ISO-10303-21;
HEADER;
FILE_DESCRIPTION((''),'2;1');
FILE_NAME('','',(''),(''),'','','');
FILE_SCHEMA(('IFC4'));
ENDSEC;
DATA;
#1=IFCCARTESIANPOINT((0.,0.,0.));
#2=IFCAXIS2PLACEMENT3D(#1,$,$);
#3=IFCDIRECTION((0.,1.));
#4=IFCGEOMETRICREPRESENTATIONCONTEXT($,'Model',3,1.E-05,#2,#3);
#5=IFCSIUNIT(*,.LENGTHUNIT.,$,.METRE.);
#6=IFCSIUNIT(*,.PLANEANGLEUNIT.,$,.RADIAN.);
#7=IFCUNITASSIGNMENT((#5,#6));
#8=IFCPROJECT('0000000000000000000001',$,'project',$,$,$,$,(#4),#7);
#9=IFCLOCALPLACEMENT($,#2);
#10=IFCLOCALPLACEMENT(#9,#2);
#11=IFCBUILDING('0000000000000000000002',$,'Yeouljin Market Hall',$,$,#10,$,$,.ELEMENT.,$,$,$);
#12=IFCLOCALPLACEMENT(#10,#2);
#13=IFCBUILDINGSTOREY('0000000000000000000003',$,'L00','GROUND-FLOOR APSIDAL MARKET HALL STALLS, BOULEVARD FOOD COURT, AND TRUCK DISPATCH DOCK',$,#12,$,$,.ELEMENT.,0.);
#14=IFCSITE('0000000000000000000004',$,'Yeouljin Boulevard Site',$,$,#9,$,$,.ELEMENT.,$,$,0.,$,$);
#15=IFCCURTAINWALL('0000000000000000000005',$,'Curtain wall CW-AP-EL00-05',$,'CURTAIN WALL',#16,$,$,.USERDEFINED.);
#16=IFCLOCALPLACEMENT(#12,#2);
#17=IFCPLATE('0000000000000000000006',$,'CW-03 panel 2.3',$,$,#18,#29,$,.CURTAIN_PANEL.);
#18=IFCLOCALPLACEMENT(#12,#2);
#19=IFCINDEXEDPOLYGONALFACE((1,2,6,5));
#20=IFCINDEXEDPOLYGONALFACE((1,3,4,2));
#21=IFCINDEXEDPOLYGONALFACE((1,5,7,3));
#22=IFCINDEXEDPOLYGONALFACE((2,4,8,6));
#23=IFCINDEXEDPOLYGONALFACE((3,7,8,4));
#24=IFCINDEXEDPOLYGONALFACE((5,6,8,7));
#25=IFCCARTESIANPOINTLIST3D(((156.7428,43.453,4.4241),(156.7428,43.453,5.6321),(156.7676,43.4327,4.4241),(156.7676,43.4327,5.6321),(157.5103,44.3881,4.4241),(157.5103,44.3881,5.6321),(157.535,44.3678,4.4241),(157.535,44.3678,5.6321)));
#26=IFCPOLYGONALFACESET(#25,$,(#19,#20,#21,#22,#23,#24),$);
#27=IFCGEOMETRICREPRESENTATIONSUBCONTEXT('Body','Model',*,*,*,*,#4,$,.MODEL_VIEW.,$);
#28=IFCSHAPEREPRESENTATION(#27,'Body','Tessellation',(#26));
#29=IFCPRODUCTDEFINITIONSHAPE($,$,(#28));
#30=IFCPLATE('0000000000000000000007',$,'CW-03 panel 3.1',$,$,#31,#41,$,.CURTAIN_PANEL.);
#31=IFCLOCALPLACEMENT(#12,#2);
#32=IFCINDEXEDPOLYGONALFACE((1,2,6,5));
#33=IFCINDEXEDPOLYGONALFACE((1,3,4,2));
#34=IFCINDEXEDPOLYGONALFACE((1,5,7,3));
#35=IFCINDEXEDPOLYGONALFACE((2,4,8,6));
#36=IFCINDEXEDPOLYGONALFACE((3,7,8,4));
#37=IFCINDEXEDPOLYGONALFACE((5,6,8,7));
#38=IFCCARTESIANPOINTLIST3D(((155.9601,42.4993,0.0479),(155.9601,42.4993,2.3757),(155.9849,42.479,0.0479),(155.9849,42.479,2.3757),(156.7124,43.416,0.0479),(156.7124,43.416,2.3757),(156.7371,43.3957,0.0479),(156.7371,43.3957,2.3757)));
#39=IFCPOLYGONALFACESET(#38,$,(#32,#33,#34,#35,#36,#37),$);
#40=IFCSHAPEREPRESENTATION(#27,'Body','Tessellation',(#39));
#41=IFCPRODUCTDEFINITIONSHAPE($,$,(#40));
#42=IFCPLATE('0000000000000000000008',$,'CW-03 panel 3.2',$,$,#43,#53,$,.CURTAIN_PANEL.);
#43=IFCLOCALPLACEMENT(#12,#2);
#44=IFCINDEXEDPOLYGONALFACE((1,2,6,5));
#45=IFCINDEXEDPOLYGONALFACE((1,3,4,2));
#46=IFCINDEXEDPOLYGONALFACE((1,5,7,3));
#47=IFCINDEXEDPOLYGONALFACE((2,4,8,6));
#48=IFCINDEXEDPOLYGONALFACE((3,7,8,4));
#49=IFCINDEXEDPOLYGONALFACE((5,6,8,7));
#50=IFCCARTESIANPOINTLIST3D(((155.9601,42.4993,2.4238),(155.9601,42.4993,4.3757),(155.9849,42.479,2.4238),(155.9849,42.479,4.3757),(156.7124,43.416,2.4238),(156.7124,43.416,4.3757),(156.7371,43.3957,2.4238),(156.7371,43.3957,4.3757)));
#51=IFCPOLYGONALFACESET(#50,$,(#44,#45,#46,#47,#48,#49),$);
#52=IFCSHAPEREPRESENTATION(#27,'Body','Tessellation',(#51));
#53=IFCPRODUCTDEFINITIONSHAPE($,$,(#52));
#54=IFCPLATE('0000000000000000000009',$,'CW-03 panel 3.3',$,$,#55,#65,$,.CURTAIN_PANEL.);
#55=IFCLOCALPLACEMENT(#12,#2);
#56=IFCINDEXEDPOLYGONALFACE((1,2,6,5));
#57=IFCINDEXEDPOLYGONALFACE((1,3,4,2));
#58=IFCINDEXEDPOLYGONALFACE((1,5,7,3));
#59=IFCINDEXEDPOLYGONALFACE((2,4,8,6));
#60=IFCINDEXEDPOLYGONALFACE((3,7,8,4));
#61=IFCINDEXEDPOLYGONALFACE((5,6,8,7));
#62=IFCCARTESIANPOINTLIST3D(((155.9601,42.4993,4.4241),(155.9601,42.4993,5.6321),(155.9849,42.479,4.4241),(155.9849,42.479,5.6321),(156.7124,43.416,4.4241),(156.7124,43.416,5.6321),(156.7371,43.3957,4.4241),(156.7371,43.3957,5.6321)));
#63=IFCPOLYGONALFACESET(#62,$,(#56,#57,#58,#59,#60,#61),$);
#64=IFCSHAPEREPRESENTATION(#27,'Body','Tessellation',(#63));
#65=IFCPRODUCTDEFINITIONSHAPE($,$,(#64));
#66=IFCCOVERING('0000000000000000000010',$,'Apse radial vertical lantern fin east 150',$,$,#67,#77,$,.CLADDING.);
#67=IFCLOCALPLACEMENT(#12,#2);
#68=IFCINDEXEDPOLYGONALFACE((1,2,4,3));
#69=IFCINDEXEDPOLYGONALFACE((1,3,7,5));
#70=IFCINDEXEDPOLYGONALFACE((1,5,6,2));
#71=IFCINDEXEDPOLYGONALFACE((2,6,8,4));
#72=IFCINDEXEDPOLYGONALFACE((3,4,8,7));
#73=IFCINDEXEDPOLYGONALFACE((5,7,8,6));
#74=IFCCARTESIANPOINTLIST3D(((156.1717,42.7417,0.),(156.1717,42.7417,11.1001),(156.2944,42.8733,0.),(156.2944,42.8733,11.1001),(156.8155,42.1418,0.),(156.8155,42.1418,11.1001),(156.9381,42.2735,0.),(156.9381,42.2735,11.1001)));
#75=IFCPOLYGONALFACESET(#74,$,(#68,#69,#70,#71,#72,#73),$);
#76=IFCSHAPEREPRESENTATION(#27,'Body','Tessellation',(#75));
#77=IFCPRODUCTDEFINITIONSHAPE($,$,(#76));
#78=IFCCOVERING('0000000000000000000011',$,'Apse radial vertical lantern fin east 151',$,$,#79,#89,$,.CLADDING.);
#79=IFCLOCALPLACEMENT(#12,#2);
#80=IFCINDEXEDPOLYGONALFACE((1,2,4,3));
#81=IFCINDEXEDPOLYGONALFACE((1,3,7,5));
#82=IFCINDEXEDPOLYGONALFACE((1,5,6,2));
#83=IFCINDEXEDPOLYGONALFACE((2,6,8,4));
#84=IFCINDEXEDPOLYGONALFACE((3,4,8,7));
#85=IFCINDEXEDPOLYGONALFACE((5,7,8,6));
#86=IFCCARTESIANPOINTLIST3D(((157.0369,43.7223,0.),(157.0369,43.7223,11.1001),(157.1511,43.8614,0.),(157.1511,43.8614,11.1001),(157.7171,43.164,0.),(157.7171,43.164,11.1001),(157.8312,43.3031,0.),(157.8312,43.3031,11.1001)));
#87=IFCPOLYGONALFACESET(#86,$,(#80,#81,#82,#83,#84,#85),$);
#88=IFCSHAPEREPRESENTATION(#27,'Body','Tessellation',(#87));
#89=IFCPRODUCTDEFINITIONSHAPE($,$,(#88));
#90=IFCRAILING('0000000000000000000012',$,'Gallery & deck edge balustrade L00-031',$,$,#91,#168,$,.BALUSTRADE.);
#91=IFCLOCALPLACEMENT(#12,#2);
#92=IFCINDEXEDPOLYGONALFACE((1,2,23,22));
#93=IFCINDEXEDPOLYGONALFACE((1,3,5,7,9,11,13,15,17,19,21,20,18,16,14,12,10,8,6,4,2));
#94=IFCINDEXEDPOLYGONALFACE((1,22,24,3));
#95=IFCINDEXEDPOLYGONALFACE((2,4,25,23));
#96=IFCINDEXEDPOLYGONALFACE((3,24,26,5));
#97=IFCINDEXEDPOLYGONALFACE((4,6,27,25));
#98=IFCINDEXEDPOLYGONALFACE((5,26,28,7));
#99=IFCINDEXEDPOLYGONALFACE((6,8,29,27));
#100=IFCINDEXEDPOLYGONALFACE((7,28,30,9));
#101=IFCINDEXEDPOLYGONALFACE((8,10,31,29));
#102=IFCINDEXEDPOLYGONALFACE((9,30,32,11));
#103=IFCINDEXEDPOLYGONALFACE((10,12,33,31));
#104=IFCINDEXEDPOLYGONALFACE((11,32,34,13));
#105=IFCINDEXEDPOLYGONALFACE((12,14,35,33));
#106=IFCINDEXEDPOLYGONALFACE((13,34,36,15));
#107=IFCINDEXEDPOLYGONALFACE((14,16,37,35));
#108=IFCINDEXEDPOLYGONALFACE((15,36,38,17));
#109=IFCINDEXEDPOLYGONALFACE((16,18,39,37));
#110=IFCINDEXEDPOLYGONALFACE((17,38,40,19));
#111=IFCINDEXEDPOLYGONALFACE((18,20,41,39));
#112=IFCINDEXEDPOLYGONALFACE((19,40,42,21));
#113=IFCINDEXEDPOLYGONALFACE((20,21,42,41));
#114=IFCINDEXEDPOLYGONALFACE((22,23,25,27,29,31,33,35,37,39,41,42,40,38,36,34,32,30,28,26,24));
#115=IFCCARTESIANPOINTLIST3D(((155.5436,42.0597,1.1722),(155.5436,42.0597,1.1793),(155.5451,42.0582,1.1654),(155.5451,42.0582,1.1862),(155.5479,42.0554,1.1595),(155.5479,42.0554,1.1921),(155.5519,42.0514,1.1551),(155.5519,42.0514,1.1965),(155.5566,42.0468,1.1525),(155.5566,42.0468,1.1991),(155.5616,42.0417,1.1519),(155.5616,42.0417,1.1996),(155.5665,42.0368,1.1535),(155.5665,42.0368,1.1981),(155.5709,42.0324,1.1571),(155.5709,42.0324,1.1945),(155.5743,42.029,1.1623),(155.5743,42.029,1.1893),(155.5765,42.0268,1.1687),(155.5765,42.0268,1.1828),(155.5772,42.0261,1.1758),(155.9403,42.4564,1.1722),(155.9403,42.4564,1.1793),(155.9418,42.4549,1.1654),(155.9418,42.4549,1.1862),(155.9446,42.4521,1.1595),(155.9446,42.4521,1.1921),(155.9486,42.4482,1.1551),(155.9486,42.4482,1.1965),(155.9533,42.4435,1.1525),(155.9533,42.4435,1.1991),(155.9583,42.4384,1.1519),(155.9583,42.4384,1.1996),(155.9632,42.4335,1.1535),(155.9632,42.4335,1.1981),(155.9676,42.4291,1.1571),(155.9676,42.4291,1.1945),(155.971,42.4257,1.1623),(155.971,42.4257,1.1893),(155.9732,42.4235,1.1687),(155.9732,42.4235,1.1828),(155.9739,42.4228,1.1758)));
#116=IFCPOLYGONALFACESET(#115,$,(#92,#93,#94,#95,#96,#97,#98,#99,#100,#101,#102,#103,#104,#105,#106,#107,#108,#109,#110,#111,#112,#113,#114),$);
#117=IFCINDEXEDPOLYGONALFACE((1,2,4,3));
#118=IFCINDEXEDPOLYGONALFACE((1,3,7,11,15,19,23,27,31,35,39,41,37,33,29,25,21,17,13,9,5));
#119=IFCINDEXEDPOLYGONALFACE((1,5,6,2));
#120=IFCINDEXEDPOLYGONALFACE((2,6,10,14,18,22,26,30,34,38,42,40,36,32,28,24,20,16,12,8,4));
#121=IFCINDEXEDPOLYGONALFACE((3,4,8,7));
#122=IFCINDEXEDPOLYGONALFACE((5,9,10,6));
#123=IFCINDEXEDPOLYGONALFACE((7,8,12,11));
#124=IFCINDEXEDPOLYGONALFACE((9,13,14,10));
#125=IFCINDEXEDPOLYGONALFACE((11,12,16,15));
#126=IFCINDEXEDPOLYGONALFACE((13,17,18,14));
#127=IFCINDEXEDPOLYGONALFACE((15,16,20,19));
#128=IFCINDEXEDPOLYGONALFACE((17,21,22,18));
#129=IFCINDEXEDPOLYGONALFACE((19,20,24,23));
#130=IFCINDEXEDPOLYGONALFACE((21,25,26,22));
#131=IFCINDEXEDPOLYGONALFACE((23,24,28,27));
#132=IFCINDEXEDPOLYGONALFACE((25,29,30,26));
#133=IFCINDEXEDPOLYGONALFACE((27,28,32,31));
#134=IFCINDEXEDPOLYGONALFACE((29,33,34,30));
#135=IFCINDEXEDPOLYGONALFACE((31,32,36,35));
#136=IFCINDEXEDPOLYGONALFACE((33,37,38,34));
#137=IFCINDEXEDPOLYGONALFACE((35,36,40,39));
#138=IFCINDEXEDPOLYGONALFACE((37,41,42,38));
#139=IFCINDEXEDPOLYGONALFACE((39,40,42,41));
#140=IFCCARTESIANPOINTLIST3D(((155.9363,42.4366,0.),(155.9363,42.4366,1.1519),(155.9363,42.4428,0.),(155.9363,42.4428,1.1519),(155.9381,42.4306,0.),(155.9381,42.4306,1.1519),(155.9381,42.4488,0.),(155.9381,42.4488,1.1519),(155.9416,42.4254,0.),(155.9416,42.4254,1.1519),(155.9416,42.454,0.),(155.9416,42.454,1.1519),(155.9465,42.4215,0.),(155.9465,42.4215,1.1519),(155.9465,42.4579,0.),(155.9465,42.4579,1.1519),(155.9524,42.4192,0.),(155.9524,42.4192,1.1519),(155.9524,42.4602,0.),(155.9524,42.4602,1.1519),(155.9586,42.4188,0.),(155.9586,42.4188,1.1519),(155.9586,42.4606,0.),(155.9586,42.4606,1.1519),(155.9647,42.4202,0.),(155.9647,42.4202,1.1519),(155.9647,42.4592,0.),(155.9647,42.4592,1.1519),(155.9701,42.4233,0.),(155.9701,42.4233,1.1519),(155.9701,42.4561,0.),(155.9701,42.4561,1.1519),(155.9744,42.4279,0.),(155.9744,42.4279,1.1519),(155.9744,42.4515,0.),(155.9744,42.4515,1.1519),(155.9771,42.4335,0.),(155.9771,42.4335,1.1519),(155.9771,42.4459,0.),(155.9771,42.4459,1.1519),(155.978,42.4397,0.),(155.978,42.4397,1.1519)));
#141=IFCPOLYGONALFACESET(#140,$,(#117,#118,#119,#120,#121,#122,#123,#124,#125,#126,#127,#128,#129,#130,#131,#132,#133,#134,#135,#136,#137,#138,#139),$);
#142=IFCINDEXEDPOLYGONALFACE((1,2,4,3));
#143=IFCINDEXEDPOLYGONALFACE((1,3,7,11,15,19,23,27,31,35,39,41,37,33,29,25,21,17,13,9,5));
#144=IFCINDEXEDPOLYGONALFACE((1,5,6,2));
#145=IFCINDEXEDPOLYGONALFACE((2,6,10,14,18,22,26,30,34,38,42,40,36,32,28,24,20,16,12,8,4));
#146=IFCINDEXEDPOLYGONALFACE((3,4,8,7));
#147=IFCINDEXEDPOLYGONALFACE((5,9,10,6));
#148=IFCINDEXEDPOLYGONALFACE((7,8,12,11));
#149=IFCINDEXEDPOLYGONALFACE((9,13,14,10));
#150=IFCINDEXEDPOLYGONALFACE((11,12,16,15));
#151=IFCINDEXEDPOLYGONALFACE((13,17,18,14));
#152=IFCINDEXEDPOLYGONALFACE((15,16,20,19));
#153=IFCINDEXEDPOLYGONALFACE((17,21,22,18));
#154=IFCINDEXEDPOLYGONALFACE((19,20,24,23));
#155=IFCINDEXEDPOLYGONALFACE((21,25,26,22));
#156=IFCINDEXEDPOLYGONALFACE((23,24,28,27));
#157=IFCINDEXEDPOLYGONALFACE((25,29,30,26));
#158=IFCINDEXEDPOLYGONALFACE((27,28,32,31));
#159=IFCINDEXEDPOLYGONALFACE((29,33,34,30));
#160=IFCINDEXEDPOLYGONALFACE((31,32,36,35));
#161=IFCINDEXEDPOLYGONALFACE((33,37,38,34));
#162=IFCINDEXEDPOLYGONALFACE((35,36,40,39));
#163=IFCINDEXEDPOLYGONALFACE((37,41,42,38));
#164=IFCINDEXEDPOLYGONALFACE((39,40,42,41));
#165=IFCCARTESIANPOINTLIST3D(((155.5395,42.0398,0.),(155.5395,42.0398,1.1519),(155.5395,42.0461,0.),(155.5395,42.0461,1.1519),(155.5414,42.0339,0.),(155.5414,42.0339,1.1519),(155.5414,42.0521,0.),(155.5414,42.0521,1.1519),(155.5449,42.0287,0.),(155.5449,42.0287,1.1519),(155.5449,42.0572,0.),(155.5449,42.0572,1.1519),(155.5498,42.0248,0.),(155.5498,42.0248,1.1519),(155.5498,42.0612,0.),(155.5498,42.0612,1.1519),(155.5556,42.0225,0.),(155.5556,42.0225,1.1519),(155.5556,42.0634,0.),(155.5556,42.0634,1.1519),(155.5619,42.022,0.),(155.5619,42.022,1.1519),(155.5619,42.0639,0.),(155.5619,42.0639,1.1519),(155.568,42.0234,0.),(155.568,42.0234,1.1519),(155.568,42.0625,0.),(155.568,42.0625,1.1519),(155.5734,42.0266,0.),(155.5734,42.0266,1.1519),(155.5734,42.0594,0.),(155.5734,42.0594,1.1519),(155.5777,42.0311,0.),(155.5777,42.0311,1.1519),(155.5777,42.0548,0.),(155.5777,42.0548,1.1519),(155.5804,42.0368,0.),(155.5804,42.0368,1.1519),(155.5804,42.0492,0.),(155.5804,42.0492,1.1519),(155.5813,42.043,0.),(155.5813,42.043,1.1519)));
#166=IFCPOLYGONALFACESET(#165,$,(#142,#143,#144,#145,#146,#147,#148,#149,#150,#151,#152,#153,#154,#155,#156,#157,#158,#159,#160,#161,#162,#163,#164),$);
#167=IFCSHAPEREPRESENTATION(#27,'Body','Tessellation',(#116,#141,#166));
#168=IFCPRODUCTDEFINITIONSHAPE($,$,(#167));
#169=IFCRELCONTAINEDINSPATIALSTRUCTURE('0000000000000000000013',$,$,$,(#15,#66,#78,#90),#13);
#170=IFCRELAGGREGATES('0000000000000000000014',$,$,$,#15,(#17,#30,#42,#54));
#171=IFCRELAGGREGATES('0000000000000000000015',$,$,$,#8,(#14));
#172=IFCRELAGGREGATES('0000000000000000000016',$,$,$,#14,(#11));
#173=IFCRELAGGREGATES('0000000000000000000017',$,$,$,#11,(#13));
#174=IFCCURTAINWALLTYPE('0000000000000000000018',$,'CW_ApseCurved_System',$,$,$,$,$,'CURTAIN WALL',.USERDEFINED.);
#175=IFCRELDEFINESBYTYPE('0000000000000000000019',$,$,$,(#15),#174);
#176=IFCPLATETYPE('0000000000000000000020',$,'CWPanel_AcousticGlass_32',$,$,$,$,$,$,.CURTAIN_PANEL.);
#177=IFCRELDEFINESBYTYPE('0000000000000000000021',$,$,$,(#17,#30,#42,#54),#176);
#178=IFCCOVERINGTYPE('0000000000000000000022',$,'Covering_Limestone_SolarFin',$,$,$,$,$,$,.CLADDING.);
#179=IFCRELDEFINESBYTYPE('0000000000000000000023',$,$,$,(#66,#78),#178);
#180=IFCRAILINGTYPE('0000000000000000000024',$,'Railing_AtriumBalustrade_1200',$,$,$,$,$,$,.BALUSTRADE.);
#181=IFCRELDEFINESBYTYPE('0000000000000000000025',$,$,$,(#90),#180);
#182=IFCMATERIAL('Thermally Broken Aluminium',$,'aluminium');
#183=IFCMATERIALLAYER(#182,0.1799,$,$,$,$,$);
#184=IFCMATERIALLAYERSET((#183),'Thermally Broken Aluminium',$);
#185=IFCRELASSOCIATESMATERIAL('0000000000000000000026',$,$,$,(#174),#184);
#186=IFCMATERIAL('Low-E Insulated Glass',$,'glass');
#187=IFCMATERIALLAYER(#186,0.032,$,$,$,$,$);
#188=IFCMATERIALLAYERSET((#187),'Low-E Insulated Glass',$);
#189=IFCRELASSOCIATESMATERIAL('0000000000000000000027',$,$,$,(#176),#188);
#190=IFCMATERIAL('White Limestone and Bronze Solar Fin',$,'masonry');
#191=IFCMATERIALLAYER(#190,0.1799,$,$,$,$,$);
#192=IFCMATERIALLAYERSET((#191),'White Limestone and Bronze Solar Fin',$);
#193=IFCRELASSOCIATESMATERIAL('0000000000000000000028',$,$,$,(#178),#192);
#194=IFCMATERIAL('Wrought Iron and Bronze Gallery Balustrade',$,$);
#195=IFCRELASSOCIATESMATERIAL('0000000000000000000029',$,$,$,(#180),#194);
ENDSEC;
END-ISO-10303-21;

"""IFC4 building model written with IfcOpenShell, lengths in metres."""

from ifc_helpers import new_model, si_unit, direction, frame, origin, origin_2d, place, context, subcontext, project, spatial, rectangle, circle, extrude, material, layer, layer_set, type_object, element, aggregate, save


model = new_model("IFC4")

# Units and contexts
model_context = context("Model", 3, precision=1e-05, world=origin(), true_north=direction((0.0, 1.0)))
body_context = subcontext(model_context, "Body", "Model", "MODEL_VIEW")
ifc_project = project(units=[si_unit("LENGTHUNIT", "METRE"), si_unit("PLANEANGLEUNIT", "RADIAN")], contexts=[model_context])

# Site, building, storey
site_placement = place(None, origin())
site = spatial("IfcSite", under=ifc_project, at=site_placement, Name="Yeouljin Boulevard Site", CompositionType="ELEMENT", RefElevation=0.0)
building_placement = place(site_placement, origin())
building = spatial("IfcBuilding", under=site, at=building_placement, Name="Yeouljin Market Hall", CompositionType="ELEMENT")
storey_placement = place(building_placement, origin())
storey = spatial("IfcBuildingStorey", under=building, at=storey_placement, Name="L00", Description="GROUND-FLOOR APSIDAL MARKET HALL STALLS, BOULEVARD FOOD COURT, AND TRUCK DISPATCH DOCK", CompositionType="ELEMENT", Elevation=0.0)

# Shared definitions
ifc_material_1 = material(Name="Thermally Broken Aluminium", Category="aluminium")
ifc_layer_1 = layer(ifc_material_1, 0.1799)
ifc_layer_set_1 = layer_set([ifc_layer_1], Name="Thermally Broken Aluminium")
curtain_wall_type = type_object("IfcCurtainWallType", Name="CW_ApseCurved_System", ElementType="CURTAIN WALL", PredefinedType="USERDEFINED", material=ifc_layer_set_1)

# Curtain wall
curtain_wall_1_placement = place(storey_placement, origin())
curtain_wall_1 = element("IfcCurtainWall", 1, at=curtain_wall_1_placement, inside=storey, type_object=curtain_wall_type, Name="Curtain wall CW-AP-EL00-05", ObjectType="CURTAIN WALL", PredefinedType="USERDEFINED")

# Plates
ifc_material_2 = material(Name="Low-E Insulated Glass", Category="glass")
ifc_layer_2 = layer(ifc_material_2, 0.032)
ifc_layer_set_2 = layer_set([ifc_layer_2], Name="Low-E Insulated Glass")
plate_type = type_object("IfcPlateType", Name="CWPanel_AcousticGlass_32", PredefinedType="CURTAIN_PANEL", material=ifc_layer_set_2)
plate_1_placement = place(storey_placement, frame((157.1389, 43.9104, 4.4241), z_axis=(0.0, 0.0, 1.0), x_axis=(-0.634384, -0.773018, 0.0)))
plate_1 = element("IfcPlate", 2, at=plate_1_placement, type_object=plate_type, Name="CW-03 panel 2.3", PredefinedType="CURTAIN_PANEL", context=body_context, shape_type="SweptSolid", body=[
    extrude(rectangle(XDim=1.2097, YDim=0.032, at=origin_2d()), origin(), (0.0, 0.0, 1.0), 1.208),
])
plate_2_placement = place(storey_placement, frame((156.3486, 42.9475, 0.0479), z_axis=(0.0, 0.0, 1.0), x_axis=(-0.634384, -0.773018, 0.0)))
plate_2 = element("IfcPlate", 3, at=plate_2_placement, type_object=plate_type, Name="CW-03 panel 3.1", PredefinedType="CURTAIN_PANEL", context=body_context, shape_type="SweptSolid", body=[
    extrude(rectangle(XDim=1.1858, YDim=0.032, at=origin_2d()), origin(), (0.0, 0.0, 1.0), 2.3279),
])
plate_3_placement = place(storey_placement, frame((156.3486, 42.9475, 2.4238), z_axis=(0.0, 0.0, 1.0), x_axis=(-0.634384, -0.773018, 0.0)))
plate_3 = element("IfcPlate", 4, at=plate_3_placement, type_object=plate_type, Name="CW-03 panel 3.2", PredefinedType="CURTAIN_PANEL", context=body_context, shape_type="SweptSolid", body=[
    extrude(rectangle(XDim=1.1858, YDim=0.032, at=origin_2d()), origin(), (0.0, 0.0, 1.0), 1.9519),
])
plate_4_placement = place(storey_placement, frame((156.3486, 42.9475, 4.4241), z_axis=(0.0, 0.0, 1.0), x_axis=(-0.634384, -0.773018, 0.0)))
plate_4 = element("IfcPlate", 5, at=plate_4_placement, type_object=plate_type, Name="CW-03 panel 3.3", PredefinedType="CURTAIN_PANEL", context=body_context, shape_type="SweptSolid", body=[
    extrude(rectangle(XDim=1.1858, YDim=0.032, at=origin_2d()), origin(), (0.0, 0.0, 1.0), 1.208),
])
aggregate(curtain_wall_1, [plate_1, plate_2, plate_3, plate_4])

# Coverings
ifc_material_3 = material(Name="White Limestone and Bronze Solar Fin", Category="masonry")
ifc_layer_3 = layer(ifc_material_3, 0.1799)
ifc_layer_set_3 = layer_set([ifc_layer_3], Name="White Limestone and Bronze Solar Fin")
covering_type = type_object("IfcCoveringType", Name="Covering_Limestone_SolarFin", PredefinedType="CLADDING", material=ifc_layer_set_3)
for number, where, z_axis, x_axis, name in (
    (6, (156.5549, 42.5076, 0.0), (0.0, 0.0, 1.0), (0.731592, -0.681743, 0.0), "Apse radial vertical lantern fin east 150"),
    (7, (157.4341, 43.5127, 0.0), (0.0, 0.0, 1.0), (0.772955, -0.634461, 0.0), "Apse radial vertical lantern fin east 151"),
):
    element("IfcCovering", number, at=place(storey_placement, frame(where, z_axis=z_axis, x_axis=x_axis)), inside=storey, type_object=covering_type, Name=name, PredefinedType="CLADDING", context=body_context, shape_type="SweptSolid", body=[
        extrude(rectangle(XDim=0.8799, YDim=0.1799, at=origin_2d()), origin(), (0.0, 0.0, 1.0), 11.1001),
    ])

# Railing
ifc_material_4 = material(Name="Wrought Iron and Bronze Gallery Balustrade")
railing_type = type_object("IfcRailingType", Name="Railing_AtriumBalustrade_1200", PredefinedType="BALUSTRADE", material=ifc_material_4)
railing_placement = place(storey_placement, frame((155.957, 42.4397, 0.0)))
element("IfcRailing", 8, at=railing_placement, inside=storey, type_object=railing_type, Name="Gallery & deck edge balustrade L00-031", PredefinedType="BALUSTRADE", context=body_context, shape_type="SweptSolid", body=[
    extrude(circle(Radius=0.0239, at=origin_2d()), frame((0.0, 0.0, 1.1758), z_axis=(-0.707107, -0.707107, 0.0), x_axis=(0.707107, -0.707107, 0.0)), (0.0, 0.0, 1.0), 0.561),
    extrude(circle(Radius=0.021, at=origin_2d()), origin(), (0.0, 0.0, 1.0), 1.1519),
    extrude(circle(Radius=0.021, at=origin_2d()), frame((-0.3967, -0.3967, 0.0)), (0.0, 0.0, 1.0), 1.1519),
])

save(model, "model.ifc")
